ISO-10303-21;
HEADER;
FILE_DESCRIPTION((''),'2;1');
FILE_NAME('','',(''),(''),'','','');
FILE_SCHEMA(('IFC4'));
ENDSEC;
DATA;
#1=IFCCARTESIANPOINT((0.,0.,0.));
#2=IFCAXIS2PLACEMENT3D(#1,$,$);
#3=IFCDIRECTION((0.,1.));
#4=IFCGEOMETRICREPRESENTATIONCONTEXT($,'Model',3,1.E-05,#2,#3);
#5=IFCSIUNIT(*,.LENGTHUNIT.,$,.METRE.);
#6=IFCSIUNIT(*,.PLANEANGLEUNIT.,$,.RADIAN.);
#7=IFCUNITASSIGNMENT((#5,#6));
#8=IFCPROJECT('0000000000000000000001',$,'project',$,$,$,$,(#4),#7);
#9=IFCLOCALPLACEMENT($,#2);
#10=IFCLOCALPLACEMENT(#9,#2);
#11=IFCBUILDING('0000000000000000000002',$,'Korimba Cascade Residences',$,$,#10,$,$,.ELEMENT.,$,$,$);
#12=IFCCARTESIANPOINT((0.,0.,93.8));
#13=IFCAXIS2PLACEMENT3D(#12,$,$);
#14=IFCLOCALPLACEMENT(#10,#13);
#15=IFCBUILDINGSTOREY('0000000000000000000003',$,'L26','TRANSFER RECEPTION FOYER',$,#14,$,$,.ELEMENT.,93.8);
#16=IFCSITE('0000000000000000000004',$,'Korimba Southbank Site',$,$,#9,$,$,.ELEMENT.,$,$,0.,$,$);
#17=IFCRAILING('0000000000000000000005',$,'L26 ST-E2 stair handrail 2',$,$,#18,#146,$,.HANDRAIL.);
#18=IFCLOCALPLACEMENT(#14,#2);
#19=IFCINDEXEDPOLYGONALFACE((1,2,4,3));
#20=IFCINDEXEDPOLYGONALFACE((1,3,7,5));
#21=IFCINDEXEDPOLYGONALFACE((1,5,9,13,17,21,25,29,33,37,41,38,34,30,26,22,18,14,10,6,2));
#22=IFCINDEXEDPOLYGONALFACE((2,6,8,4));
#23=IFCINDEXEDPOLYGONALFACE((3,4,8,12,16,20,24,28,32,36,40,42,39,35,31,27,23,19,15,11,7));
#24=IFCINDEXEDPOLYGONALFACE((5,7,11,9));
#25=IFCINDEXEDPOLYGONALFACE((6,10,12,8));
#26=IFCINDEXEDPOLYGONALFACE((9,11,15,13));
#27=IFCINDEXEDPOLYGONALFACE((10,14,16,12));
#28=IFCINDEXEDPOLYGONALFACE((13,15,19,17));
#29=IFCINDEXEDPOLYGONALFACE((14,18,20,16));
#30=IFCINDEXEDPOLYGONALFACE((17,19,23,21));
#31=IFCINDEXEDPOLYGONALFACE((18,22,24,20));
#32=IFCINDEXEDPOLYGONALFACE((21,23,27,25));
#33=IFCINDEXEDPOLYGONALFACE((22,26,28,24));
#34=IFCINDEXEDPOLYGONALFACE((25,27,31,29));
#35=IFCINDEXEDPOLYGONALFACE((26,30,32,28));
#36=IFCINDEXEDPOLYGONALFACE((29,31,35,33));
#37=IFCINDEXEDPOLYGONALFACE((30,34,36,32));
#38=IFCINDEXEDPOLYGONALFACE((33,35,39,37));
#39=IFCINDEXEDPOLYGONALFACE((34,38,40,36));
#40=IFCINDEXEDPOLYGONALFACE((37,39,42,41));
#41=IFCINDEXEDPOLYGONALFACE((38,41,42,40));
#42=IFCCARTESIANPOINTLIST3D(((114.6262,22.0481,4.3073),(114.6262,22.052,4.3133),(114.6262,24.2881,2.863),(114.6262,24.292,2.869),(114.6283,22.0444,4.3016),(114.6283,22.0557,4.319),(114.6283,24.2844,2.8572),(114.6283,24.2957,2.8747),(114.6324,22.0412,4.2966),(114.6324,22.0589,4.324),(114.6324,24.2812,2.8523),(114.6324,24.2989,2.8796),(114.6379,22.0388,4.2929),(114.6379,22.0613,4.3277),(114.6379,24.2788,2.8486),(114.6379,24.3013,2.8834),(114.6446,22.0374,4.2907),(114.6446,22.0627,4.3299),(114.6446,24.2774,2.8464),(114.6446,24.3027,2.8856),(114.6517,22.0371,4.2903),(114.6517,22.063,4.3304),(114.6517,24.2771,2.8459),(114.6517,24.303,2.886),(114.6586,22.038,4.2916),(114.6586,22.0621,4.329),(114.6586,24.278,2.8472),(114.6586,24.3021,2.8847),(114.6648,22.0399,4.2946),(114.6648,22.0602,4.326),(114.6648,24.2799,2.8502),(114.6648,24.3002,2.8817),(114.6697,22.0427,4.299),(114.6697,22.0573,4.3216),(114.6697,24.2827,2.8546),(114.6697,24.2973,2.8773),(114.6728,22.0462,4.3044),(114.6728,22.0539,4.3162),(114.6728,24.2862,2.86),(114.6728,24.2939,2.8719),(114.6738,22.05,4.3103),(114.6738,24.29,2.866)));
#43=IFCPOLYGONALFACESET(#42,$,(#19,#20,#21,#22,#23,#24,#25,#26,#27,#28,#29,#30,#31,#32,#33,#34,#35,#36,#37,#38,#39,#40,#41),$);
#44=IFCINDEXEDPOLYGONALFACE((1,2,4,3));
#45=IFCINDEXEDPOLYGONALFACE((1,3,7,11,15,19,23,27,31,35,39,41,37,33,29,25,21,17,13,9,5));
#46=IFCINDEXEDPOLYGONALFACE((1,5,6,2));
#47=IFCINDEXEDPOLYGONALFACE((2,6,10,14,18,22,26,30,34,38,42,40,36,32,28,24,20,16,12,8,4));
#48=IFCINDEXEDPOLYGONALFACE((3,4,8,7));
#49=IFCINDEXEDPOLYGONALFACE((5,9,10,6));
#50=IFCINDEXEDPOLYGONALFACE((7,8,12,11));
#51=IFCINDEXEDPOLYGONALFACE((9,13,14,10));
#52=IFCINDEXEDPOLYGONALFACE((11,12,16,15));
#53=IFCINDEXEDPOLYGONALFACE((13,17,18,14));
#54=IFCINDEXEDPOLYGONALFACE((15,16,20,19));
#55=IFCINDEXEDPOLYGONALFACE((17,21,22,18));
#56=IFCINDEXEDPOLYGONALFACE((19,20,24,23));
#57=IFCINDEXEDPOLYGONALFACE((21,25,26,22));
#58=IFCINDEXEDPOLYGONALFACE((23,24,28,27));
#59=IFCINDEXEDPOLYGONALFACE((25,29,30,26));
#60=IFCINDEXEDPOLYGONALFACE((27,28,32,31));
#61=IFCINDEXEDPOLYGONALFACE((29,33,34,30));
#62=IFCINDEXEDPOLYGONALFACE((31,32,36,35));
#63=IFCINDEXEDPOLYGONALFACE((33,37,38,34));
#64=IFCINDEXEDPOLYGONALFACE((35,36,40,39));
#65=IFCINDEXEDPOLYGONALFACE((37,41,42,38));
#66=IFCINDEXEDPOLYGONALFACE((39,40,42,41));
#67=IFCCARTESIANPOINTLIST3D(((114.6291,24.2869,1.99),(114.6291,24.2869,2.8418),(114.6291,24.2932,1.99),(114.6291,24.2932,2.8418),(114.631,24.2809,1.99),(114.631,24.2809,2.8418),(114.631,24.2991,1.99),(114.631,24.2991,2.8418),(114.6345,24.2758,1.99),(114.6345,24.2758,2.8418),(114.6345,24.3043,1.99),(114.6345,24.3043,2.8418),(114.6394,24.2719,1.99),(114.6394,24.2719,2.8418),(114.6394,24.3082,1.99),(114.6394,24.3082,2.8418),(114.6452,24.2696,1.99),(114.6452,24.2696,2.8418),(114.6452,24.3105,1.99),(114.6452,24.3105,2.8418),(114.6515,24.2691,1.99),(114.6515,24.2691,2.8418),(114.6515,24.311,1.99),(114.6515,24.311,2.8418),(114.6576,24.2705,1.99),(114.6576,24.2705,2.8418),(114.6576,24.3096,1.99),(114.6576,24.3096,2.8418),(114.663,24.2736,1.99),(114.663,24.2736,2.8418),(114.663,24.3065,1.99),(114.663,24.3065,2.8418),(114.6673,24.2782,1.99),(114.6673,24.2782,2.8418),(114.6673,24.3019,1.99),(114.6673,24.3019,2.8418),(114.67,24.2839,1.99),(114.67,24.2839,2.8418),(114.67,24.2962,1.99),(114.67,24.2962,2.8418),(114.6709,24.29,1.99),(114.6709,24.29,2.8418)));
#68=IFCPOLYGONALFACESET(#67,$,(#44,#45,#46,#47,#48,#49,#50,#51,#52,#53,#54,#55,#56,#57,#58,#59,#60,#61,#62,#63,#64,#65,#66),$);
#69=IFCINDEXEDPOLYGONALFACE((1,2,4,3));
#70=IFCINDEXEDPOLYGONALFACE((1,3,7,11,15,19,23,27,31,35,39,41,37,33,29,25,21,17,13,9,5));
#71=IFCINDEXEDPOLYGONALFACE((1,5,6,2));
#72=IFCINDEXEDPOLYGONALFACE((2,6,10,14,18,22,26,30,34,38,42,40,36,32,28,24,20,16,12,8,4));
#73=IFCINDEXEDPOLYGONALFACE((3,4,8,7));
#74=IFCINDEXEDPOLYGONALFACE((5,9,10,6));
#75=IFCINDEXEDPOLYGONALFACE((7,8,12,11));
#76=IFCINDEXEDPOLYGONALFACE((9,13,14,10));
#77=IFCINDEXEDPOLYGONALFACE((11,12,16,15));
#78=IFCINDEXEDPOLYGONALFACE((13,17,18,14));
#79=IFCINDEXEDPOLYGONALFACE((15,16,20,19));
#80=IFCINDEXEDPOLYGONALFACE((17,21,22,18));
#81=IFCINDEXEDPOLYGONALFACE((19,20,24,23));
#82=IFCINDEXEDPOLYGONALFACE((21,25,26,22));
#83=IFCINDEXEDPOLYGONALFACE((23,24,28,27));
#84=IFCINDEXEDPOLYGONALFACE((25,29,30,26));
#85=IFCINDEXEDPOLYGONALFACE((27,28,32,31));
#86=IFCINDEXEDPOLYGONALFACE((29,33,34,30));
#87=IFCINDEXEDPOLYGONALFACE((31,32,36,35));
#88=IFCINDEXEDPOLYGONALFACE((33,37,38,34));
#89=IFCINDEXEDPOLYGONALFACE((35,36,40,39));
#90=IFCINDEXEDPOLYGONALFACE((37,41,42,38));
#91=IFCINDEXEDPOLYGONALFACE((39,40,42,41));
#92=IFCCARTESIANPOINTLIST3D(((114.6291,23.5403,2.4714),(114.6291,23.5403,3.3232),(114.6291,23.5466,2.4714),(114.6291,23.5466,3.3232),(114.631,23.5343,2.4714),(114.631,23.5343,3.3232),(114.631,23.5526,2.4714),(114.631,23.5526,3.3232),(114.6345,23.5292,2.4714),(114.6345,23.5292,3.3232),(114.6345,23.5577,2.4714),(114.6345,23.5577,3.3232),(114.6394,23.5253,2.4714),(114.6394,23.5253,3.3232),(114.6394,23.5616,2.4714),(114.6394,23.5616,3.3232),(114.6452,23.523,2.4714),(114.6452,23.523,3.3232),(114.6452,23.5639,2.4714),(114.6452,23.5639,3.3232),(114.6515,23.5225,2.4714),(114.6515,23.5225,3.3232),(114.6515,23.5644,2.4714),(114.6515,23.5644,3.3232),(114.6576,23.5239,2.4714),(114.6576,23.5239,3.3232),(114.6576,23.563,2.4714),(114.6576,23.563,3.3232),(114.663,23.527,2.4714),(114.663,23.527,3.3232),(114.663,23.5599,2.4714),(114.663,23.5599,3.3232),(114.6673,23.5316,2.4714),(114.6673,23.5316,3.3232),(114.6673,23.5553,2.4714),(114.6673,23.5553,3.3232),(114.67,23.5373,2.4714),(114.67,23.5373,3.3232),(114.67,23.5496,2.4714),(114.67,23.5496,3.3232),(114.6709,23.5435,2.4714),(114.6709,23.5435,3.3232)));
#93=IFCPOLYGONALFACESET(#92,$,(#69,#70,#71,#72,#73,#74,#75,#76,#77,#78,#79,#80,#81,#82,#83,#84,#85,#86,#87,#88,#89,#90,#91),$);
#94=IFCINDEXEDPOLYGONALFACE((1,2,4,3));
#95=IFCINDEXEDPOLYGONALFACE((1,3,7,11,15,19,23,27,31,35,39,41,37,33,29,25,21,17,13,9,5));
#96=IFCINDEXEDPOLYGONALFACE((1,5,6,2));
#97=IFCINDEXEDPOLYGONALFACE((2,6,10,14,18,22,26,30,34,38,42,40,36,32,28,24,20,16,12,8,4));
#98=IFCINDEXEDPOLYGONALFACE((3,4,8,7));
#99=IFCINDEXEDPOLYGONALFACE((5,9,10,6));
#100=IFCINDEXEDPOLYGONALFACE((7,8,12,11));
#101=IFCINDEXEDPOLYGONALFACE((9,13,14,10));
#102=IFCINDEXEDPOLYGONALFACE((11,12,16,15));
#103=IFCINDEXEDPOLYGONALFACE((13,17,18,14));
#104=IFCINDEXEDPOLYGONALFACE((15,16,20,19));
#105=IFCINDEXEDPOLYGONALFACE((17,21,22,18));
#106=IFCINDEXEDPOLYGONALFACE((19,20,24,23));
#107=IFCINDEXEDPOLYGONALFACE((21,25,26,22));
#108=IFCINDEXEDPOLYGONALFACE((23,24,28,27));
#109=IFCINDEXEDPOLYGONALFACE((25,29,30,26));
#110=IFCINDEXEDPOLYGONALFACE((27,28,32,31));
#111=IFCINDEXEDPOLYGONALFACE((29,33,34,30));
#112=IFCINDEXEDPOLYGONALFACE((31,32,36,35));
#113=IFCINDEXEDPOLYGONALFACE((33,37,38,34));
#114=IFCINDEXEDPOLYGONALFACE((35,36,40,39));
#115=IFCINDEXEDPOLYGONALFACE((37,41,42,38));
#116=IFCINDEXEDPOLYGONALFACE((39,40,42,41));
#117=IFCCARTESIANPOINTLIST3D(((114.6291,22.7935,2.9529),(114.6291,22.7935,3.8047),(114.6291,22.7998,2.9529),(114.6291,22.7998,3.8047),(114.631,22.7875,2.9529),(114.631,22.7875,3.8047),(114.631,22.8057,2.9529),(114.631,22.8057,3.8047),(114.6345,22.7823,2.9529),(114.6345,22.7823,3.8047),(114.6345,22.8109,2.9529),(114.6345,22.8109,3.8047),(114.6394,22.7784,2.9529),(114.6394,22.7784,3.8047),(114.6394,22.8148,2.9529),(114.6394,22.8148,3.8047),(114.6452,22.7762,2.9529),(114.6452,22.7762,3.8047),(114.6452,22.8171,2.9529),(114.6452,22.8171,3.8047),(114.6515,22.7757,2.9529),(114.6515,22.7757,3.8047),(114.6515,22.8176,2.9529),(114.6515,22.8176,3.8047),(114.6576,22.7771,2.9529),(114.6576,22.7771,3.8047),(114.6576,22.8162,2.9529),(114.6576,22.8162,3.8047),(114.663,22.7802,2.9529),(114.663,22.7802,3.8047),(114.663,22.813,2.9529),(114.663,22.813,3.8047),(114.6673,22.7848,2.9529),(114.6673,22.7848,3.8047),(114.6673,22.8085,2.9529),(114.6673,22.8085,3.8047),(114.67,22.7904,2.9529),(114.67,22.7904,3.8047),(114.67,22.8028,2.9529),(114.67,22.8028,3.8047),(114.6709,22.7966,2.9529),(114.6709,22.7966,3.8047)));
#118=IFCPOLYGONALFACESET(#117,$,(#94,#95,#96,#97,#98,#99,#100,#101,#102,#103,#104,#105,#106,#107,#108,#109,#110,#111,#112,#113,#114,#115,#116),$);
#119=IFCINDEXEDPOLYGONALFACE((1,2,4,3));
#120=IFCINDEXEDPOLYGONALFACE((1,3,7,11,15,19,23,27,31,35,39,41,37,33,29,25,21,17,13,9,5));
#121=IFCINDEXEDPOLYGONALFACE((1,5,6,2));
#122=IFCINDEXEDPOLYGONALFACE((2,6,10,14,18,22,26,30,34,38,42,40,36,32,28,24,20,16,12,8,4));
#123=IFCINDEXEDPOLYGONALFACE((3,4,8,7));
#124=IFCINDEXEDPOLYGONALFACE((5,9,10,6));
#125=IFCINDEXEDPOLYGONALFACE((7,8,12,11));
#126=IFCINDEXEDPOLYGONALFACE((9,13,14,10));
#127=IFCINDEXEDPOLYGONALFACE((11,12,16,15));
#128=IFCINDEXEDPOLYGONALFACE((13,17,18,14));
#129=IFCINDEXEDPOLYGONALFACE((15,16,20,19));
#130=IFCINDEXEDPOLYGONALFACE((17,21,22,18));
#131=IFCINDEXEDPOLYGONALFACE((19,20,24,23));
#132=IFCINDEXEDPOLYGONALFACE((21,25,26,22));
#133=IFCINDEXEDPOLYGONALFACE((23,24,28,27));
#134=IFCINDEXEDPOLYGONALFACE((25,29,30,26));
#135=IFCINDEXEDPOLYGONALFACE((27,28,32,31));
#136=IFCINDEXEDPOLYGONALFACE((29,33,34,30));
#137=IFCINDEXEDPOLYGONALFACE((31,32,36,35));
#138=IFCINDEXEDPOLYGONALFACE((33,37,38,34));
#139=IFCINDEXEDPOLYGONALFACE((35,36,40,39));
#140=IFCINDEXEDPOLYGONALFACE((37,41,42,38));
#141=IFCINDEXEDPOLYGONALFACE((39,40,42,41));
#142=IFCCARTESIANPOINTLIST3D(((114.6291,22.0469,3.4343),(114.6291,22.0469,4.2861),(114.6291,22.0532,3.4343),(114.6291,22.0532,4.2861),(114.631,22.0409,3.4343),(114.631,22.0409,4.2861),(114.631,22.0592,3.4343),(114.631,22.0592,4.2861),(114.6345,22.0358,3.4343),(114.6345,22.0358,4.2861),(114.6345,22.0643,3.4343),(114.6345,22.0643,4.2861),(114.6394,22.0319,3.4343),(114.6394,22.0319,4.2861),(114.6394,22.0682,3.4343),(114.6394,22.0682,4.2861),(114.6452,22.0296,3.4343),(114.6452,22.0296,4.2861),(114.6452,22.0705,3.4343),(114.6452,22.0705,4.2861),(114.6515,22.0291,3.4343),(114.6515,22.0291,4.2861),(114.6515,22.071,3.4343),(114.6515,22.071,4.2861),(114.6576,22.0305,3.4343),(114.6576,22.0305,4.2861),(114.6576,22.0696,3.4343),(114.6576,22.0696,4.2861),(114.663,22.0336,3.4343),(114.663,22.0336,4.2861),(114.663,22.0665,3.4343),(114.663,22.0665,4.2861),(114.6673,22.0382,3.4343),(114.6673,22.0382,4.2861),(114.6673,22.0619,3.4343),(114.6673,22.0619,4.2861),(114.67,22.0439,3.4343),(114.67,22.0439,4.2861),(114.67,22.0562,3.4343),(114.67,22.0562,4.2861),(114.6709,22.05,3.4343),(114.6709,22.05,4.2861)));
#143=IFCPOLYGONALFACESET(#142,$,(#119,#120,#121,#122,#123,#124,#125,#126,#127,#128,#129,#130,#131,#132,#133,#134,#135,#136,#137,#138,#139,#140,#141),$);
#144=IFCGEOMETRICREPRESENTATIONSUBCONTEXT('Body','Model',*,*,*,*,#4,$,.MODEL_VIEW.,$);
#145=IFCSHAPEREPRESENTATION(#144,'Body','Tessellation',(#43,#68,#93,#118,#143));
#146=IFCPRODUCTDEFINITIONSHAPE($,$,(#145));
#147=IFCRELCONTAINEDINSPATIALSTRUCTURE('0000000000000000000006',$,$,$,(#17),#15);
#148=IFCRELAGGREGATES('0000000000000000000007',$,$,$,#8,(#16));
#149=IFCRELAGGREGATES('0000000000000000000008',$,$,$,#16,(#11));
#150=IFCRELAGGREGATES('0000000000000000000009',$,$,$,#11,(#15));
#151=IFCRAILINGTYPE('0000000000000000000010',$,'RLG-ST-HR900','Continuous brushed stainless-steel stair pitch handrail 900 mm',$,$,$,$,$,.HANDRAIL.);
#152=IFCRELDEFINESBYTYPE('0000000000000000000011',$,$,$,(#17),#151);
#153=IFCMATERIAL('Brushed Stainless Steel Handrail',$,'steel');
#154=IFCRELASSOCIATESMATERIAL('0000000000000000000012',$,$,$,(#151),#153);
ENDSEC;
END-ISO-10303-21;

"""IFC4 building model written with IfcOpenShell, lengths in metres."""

from ifc_helpers import new_model, si_unit, direction, frame, origin, origin_2d, place, context, subcontext, project, spatial, circle, extrude, material, type_object, element, save


model = new_model("IFC4")

# Units and contexts
model_context = context("Model", 3, precision=1e-05, world=origin(), true_north=direction((0.0, 1.0)))
body_context = subcontext(model_context, "Body", "Model", "MODEL_VIEW")
ifc_project = project(units=[si_unit("LENGTHUNIT", "METRE"), si_unit("PLANEANGLEUNIT", "RADIAN")], contexts=[model_context])

# Site, building, storey
site_placement = place(None, origin())
site = spatial("IfcSite", under=ifc_project, at=site_placement, Name="Korimba Southbank Site", CompositionType="ELEMENT", RefElevation=0.0)
building_placement = place(site_placement, origin())
building = spatial("IfcBuilding", under=site, at=building_placement, Name="Korimba Cascade Residences", CompositionType="ELEMENT")
storey_placement = place(building_placement, frame((0.0, 0.0, 93.8)))
storey = spatial("IfcBuildingStorey", under=building, at=storey_placement, Name="L26", Description="TRANSFER RECEPTION FOYER", CompositionType="ELEMENT", Elevation=93.8)

# Railing
ifc_material_1 = material(Name="Brushed Stainless Steel Handrail", Category="steel")
railing_type_1 = type_object("IfcRailingType", Name="RLG-ST-HR900", Description="Continuous brushed stainless-steel stair pitch handrail 900 mm", PredefinedType="HANDRAIL", material=ifc_material_1)
railing_1_placement = place(storey_placement, frame((114.6499, 24.29, 1.99)))
element("IfcRailing", 1, at=railing_1_placement, inside=storey, type_object=railing_type_1, Name="L26 ST-E2 stair handrail 2", PredefinedType="HANDRAIL", context=body_context, shape_type="SweptSolid", body=[
    extrude(circle(Radius=0.0239, at=origin_2d()), frame((0.0, 0.0, 0.876), z_axis=(0.0, -0.840437, 0.54191), x_axis=(1.0, 0.0, 0.0)), (0.0, 0.0, 1.0), 2.6653),
    extrude(circle(Radius=0.021, at=origin_2d()), origin(), (0.0, 0.0, 1.0), 0.8518),
    extrude(circle(Radius=0.021, at=origin_2d()), frame((0.0, -0.7466, 0.4814)), (0.0, 0.0, 1.0), 0.8518),
    extrude(circle(Radius=0.021, at=origin_2d()), frame((0.0, -1.4934, 0.9629)), (0.0, 0.0, 1.0), 0.8518),
    extrude(circle(Radius=0.021, at=origin_2d()), frame((0.0, -2.24, 1.4443)), (0.0, 0.0, 1.0), 0.8518),
])

save(model, "model.ifc")
